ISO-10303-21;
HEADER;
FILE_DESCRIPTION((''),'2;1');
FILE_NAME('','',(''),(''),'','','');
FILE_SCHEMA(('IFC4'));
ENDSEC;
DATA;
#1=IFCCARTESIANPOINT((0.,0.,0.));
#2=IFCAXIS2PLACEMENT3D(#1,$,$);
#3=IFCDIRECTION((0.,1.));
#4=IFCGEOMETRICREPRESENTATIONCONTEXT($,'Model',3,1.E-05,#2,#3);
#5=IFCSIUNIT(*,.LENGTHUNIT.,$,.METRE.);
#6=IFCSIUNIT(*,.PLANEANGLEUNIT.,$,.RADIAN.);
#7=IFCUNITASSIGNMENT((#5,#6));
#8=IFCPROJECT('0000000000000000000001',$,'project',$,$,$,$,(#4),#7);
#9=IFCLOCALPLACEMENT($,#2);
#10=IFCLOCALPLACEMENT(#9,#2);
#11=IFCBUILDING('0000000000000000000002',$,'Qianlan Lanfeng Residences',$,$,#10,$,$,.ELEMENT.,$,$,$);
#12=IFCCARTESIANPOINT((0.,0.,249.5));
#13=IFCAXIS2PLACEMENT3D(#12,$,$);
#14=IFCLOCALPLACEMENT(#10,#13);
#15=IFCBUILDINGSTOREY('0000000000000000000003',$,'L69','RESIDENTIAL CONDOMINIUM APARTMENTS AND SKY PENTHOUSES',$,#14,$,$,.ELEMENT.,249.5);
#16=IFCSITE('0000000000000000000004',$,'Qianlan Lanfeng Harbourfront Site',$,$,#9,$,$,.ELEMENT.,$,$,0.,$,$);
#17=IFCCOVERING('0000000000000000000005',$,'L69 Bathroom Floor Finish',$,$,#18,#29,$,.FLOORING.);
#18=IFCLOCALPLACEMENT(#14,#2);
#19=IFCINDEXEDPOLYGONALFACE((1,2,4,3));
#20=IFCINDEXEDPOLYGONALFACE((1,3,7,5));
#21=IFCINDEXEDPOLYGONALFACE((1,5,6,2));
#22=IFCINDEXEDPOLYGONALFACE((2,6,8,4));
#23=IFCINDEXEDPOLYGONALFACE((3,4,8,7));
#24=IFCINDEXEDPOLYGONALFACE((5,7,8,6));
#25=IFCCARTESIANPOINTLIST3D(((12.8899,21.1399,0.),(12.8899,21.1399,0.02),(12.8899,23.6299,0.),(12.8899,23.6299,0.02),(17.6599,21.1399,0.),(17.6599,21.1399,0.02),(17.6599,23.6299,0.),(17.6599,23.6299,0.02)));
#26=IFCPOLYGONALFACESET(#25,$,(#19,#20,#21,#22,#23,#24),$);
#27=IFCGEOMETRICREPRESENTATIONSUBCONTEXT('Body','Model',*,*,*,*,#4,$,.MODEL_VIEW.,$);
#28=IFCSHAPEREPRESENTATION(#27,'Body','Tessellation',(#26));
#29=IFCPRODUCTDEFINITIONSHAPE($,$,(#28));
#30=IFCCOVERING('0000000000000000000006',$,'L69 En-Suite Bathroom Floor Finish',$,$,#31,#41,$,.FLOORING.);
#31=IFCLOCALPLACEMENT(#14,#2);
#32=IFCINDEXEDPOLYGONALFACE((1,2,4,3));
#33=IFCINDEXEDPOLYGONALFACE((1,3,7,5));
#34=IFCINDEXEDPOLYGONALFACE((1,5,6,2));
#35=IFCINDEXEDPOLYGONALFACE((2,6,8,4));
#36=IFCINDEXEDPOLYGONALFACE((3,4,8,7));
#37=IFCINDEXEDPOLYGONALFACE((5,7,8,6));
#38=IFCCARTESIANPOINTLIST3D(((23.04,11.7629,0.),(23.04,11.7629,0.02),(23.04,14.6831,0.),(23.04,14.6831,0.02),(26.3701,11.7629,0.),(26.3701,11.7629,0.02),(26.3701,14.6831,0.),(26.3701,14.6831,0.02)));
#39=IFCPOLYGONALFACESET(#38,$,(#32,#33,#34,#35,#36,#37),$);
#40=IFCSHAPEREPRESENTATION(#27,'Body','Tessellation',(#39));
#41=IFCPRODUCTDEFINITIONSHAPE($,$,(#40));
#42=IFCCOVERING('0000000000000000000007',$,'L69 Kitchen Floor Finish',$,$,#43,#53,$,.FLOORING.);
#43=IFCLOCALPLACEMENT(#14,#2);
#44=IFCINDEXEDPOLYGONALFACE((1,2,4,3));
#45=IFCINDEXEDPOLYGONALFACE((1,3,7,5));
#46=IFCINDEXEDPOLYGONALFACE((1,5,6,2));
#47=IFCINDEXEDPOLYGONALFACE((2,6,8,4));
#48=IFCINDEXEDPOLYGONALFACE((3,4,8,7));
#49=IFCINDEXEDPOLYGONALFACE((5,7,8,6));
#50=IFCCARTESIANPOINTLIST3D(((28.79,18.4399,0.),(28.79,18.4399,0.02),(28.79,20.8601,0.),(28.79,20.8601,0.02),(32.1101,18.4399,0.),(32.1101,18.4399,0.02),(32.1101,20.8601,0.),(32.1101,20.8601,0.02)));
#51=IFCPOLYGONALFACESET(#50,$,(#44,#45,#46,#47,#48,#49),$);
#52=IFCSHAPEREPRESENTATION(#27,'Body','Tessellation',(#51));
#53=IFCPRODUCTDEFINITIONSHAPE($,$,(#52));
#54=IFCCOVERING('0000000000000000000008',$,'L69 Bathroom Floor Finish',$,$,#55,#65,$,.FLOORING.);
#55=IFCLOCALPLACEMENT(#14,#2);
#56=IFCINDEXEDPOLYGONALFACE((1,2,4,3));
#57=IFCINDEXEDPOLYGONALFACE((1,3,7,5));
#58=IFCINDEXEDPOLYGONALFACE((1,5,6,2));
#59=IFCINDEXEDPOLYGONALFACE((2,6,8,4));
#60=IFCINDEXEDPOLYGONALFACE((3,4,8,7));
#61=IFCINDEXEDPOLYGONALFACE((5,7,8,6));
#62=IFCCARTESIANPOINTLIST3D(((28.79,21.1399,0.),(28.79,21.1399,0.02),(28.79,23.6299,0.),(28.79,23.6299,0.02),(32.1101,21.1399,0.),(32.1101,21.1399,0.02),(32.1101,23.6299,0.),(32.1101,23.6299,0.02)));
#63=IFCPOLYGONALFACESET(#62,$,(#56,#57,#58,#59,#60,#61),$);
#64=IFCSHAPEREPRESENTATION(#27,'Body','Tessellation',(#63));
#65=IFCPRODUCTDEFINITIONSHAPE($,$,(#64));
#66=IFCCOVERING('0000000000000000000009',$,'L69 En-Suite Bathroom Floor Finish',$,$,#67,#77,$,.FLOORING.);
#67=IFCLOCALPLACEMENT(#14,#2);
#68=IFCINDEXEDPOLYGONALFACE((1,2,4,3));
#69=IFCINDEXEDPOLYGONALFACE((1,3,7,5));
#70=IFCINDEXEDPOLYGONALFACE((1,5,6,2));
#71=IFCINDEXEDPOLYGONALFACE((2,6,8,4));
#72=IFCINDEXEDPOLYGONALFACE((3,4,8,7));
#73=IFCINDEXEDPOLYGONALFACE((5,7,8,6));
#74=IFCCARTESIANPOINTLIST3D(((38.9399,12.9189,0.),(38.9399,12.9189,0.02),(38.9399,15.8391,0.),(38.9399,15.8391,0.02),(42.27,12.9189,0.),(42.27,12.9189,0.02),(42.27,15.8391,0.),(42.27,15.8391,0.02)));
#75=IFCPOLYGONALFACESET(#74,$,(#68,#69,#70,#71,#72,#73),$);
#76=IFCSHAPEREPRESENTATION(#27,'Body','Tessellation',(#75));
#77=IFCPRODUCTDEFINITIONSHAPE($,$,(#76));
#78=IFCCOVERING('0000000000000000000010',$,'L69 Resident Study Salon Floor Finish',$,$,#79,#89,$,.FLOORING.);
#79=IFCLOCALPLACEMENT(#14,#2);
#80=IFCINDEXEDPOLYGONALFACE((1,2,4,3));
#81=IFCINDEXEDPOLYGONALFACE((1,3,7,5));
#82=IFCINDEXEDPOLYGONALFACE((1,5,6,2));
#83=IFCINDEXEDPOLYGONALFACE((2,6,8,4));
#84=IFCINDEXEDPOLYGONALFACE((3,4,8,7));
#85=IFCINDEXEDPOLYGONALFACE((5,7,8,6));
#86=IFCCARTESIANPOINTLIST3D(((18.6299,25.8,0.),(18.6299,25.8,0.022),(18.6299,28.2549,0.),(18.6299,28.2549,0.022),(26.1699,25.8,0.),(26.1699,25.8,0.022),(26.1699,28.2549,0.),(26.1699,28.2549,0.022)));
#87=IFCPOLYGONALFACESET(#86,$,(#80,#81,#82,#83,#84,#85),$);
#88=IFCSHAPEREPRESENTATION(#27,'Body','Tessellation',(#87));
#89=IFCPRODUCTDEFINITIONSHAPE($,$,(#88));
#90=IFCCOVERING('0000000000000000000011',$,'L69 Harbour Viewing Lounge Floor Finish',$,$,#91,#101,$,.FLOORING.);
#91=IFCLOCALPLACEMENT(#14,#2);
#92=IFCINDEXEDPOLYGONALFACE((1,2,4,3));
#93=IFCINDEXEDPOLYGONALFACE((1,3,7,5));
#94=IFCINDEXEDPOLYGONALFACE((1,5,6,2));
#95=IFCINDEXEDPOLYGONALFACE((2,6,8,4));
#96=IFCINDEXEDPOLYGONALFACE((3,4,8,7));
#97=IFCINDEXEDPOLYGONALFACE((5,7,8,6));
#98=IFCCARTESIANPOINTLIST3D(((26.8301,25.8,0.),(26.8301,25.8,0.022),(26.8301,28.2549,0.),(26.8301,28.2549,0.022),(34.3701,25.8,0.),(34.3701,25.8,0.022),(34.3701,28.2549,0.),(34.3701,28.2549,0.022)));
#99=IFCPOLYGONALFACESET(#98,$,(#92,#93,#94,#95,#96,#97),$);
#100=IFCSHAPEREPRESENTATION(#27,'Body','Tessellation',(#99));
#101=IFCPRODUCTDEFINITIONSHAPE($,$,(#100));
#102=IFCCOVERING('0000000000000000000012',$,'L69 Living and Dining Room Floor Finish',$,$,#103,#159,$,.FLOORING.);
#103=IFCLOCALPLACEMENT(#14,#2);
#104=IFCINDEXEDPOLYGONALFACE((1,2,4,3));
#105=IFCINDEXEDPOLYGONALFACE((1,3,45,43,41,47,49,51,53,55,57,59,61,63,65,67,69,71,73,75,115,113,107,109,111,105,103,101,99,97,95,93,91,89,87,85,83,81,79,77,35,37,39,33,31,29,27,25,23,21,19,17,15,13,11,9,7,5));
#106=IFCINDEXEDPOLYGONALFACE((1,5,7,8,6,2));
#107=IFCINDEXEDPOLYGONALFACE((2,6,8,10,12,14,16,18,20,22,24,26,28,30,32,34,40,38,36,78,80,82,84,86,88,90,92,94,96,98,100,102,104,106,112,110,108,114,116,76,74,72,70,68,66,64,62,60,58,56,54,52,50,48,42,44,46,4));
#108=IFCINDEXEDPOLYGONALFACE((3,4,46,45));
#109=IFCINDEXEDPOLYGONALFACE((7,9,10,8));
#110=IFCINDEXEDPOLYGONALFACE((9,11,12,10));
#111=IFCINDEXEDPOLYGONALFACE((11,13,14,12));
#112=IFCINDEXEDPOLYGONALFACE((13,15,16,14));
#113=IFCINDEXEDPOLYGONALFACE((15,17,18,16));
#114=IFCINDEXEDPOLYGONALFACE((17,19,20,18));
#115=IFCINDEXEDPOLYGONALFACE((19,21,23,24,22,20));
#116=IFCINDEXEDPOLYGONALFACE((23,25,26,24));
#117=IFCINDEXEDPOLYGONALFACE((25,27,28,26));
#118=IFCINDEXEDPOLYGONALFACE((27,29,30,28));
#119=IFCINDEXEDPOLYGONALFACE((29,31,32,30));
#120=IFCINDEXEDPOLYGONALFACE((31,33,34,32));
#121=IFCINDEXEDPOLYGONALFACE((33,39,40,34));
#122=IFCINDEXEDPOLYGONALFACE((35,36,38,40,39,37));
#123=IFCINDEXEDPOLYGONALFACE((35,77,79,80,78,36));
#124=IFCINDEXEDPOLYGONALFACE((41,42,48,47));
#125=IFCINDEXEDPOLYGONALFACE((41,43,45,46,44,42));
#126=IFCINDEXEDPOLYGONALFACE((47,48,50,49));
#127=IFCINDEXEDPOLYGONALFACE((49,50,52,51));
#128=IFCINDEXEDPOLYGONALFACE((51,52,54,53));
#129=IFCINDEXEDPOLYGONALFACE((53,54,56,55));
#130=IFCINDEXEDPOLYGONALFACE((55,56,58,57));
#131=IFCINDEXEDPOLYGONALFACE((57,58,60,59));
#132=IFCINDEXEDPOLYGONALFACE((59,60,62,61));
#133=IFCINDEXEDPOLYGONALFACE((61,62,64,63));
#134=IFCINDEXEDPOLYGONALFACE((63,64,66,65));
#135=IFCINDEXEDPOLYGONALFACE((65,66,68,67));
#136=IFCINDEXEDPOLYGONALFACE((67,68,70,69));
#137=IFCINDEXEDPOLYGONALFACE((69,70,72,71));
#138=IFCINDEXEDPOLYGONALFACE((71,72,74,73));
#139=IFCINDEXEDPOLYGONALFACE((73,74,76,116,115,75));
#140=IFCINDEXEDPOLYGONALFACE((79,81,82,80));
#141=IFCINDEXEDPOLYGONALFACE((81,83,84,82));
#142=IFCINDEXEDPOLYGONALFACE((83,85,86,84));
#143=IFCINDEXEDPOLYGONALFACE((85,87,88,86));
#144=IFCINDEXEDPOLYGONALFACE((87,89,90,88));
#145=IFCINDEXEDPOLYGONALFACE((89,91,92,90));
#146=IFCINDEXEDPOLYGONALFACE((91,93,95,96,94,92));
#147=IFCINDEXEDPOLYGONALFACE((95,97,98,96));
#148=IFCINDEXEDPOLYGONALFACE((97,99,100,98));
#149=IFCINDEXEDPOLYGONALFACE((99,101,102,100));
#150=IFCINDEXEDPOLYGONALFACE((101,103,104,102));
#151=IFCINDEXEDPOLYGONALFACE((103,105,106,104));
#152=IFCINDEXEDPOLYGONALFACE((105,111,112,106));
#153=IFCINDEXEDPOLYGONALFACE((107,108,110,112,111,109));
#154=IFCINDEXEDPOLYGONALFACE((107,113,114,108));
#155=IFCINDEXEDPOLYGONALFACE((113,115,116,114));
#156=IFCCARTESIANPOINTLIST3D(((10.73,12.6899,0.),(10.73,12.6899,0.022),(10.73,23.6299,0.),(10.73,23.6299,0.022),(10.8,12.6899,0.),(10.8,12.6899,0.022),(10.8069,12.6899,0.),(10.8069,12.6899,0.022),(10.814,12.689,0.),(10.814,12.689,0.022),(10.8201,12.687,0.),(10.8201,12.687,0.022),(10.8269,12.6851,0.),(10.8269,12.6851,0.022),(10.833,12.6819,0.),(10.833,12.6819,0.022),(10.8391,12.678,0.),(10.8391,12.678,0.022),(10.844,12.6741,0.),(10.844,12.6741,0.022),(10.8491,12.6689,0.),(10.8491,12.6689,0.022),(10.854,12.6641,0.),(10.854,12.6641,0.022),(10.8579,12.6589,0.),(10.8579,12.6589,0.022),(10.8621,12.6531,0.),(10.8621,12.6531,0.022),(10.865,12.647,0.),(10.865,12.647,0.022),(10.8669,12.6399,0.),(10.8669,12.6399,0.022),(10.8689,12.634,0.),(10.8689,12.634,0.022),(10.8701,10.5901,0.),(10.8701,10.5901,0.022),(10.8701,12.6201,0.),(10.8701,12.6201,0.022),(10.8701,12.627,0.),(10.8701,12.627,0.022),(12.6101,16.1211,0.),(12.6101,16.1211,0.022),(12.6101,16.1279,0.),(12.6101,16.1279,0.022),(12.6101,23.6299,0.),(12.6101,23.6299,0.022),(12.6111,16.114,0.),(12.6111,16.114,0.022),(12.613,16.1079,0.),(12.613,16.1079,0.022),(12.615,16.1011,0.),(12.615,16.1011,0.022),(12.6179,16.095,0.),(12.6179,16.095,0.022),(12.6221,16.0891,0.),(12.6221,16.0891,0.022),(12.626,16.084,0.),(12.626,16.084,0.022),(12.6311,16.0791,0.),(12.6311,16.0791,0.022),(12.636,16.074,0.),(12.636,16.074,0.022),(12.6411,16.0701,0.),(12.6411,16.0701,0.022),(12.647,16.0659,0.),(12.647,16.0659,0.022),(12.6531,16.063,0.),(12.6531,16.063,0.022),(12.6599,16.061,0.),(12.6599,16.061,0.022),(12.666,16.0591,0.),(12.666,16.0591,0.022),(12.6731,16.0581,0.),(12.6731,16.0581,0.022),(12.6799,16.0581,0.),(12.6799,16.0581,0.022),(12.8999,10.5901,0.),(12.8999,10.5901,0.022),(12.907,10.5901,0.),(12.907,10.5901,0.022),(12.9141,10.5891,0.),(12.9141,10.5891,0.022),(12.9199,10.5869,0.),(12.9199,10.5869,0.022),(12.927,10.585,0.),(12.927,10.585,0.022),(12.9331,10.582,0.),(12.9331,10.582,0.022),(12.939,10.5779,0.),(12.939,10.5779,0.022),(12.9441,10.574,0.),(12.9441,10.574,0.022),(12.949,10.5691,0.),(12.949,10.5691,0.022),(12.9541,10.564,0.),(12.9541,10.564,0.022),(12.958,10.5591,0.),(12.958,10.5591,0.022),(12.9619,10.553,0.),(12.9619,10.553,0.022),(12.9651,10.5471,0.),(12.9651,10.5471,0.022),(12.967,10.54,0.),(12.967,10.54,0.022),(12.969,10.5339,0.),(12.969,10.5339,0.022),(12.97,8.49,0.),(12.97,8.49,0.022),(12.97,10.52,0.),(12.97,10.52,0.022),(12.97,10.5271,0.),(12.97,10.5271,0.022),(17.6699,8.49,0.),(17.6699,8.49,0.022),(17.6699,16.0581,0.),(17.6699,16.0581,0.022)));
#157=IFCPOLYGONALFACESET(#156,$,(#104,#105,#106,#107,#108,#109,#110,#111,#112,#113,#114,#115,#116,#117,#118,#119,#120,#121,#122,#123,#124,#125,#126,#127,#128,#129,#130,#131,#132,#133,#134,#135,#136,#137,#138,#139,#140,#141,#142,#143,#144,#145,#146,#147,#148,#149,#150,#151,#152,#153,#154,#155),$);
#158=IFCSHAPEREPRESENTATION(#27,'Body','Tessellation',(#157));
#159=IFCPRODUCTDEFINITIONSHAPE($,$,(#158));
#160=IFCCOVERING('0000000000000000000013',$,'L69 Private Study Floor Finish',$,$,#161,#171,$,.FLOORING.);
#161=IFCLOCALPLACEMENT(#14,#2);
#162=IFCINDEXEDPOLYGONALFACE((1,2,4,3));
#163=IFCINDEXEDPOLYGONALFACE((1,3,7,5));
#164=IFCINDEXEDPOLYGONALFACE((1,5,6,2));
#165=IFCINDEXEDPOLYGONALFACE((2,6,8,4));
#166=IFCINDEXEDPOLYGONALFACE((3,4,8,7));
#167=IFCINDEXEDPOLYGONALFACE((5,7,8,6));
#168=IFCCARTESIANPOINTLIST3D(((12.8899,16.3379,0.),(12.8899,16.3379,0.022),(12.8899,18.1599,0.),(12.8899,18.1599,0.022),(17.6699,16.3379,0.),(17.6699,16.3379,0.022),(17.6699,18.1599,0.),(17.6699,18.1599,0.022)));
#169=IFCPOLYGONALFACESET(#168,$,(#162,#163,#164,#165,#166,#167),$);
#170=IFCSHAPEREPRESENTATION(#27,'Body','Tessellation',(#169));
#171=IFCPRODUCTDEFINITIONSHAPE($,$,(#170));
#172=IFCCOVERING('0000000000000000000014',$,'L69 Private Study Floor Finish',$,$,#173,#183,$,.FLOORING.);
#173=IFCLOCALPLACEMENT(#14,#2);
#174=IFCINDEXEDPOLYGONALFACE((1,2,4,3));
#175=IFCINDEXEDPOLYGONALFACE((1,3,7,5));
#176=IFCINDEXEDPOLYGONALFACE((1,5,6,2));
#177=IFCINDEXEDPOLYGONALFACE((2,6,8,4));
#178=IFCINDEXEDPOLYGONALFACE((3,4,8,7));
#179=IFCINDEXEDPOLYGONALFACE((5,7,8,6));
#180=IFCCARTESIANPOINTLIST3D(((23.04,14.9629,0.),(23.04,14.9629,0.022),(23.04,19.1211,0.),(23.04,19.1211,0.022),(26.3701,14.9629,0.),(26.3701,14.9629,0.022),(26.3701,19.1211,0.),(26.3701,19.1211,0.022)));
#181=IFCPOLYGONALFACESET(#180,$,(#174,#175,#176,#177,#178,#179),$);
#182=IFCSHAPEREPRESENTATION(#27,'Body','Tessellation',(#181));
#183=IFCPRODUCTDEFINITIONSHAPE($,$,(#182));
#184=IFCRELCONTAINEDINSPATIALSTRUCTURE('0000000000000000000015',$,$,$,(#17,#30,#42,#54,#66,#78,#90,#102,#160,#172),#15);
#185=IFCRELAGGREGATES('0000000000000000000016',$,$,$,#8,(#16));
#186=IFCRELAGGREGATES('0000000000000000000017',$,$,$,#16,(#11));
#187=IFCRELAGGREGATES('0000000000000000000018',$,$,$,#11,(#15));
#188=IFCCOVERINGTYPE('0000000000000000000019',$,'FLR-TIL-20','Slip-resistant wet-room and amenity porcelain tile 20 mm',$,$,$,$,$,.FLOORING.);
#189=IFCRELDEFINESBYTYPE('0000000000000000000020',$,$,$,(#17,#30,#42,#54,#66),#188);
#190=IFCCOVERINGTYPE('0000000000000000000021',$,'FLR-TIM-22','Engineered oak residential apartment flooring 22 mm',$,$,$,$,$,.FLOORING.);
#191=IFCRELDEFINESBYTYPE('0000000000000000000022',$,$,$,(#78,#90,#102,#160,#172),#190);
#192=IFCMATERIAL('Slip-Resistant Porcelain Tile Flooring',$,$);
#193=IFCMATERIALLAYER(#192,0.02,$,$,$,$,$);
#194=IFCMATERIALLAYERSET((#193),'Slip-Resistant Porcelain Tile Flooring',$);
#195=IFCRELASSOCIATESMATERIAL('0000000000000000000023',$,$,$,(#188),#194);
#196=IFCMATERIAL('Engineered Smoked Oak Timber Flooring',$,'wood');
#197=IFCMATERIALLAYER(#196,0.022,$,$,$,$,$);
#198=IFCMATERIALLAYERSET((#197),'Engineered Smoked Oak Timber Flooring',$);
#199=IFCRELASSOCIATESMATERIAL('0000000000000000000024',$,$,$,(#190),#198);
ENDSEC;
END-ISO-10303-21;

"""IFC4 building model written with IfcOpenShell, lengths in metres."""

from ifc_helpers import new_model, si_unit, direction, frame, origin, place, context, subcontext, project, spatial, polyline, outline, extrude, material, layer, layer_set, type_object, element, save


model = new_model("IFC4")

# Units and contexts
model_context = context("Model", 3, precision=1e-05, world=origin(), true_north=direction((0.0, 1.0)))
body_context = subcontext(model_context, "Body", "Model", "MODEL_VIEW")
ifc_project = project(units=[si_unit("LENGTHUNIT", "METRE"), si_unit("PLANEANGLEUNIT", "RADIAN")], contexts=[model_context])

# Site, building, storey
site_placement = place(None, origin())
site = spatial("IfcSite", under=ifc_project, at=site_placement, Name="Qianlan Lanfeng Harbourfront Site", CompositionType="ELEMENT", RefElevation=0.0)
building_placement = place(site_placement, origin())
building = spatial("IfcBuilding", under=site, at=building_placement, Name="Qianlan Lanfeng Residences", CompositionType="ELEMENT")
storey_placement = place(building_placement, frame((0.0, 0.0, 249.5)))
storey = spatial("IfcBuildingStorey", under=building, at=storey_placement, Name="L69", Description="RESIDENTIAL CONDOMINIUM APARTMENTS AND SKY PENTHOUSES", CompositionType="ELEMENT", Elevation=249.5)

# Coverings
ifc_material_1 = material(Name="Slip-Resistant Porcelain Tile Flooring")
ifc_layer_1 = layer(ifc_material_1, 0.02)
ifc_layer_set_1 = layer_set([ifc_layer_1], Name="Slip-Resistant Porcelain Tile Flooring")
covering_type_1 = type_object("IfcCoveringType", Name="FLR-TIL-20", Description="Slip-resistant wet-room and amenity porcelain tile 20 mm", PredefinedType="FLOORING", material=ifc_layer_set_1)
covering_1_placement = place(storey_placement, origin())
element("IfcCovering", 1, at=covering_1_placement, inside=storey, type_object=covering_type_1, Name="L69 Bathroom Floor Finish", PredefinedType="FLOORING", context=body_context, shape_type="SweptSolid", body=[
    extrude(outline(polyline([(12.8899, 21.1399), (17.6599, 21.1399), (17.6599, 23.6299), (12.8899, 23.6299), (12.8899, 21.1399)])), origin(), (0.0, 0.0, 1.0), 0.02),
])
covering_2_placement = place(storey_placement, origin())
element("IfcCovering", 2, at=covering_2_placement, inside=storey, type_object=covering_type_1, Name="L69 En-Suite Bathroom Floor Finish", PredefinedType="FLOORING", context=body_context, shape_type="SweptSolid", body=[
    extrude(outline(polyline([(23.04, 11.7629), (26.3701, 11.7629), (26.3701, 14.6831), (23.04, 14.6831), (23.04, 11.7629)])), origin(), (0.0, 0.0, 1.0), 0.02),
])
covering_3_placement = place(storey_placement, origin())
element("IfcCovering", 3, at=covering_3_placement, inside=storey, type_object=covering_type_1, Name="L69 Kitchen Floor Finish", PredefinedType="FLOORING", context=body_context, shape_type="SweptSolid", body=[
    extrude(outline(polyline([(28.79, 18.4399), (32.1101, 18.4399), (32.1101, 20.8601), (28.79, 20.8601), (28.79, 18.4399)])), origin(), (0.0, 0.0, 1.0), 0.02),
])
covering_4_placement = place(storey_placement, origin())
element("IfcCovering", 4, at=covering_4_placement, inside=storey, type_object=covering_type_1, Name="L69 Bathroom Floor Finish", PredefinedType="FLOORING", context=body_context, shape_type="SweptSolid", body=[
    extrude(outline(polyline([(28.79, 21.1399), (32.1101, 21.1399), (32.1101, 23.6299), (28.79, 23.6299), (28.79, 21.1399)])), origin(), (0.0, 0.0, 1.0), 0.02),
])
covering_5_placement = place(storey_placement, origin())
element("IfcCovering", 5, at=covering_5_placement, inside=storey, type_object=covering_type_1, Name="L69 En-Suite Bathroom Floor Finish", PredefinedType="FLOORING", context=body_context, shape_type="SweptSolid", body=[
    extrude(outline(polyline([(38.9399, 12.9189), (42.27, 12.9189), (42.27, 15.8391), (38.9399, 15.8391), (38.9399, 12.9189)])), origin(), (0.0, 0.0, 1.0), 0.02),
])
ifc_material_2 = material(Name="Engineered Smoked Oak Timber Flooring", Category="wood")
ifc_layer_2 = layer(ifc_material_2, 0.022)
ifc_layer_set_2 = layer_set([ifc_layer_2], Name="Engineered Smoked Oak Timber Flooring")
covering_type_2 = type_object("IfcCoveringType", Name="FLR-TIM-22", Description="Engineered oak residential apartment flooring 22 mm", PredefinedType="FLOORING", material=ifc_layer_set_2)
covering_6_placement = place(storey_placement, origin())
element("IfcCovering", 6, at=covering_6_placement, inside=storey, type_object=covering_type_2, Name="L69 Resident Study Salon Floor Finish", PredefinedType="FLOORING", context=body_context, shape_type="SweptSolid", body=[
    extrude(outline(polyline([(18.6299, 25.8), (26.1699, 25.8), (26.1699, 28.2549), (18.6299, 28.2549), (18.6299, 25.8)])), origin(), (0.0, 0.0, 1.0), 0.022),
])
covering_7_placement = place(storey_placement, origin())
element("IfcCovering", 7, at=covering_7_placement, inside=storey, type_object=covering_type_2, Name="L69 Harbour Viewing Lounge Floor Finish", PredefinedType="FLOORING", context=body_context, shape_type="SweptSolid", body=[
    extrude(outline(polyline([(26.8301, 25.8), (34.3701, 25.8), (34.3701, 28.2549), (26.8301, 28.2549), (26.8301, 25.8)])), origin(), (0.0, 0.0, 1.0), 0.022),
])
covering_8_placement = place(storey_placement, origin())
element("IfcCovering", 8, at=covering_8_placement, inside=storey, type_object=covering_type_2, Name="L69 Living and Dining Room Floor Finish", PredefinedType="FLOORING", context=body_context, shape_type="SweptSolid", body=[
    extrude(outline(polyline([(17.6699, 8.49), (17.6699, 16.0581), (12.6799, 16.0581), (12.6731, 16.0581), (12.666, 16.0591), (12.6599, 16.061), (12.6531, 16.063), (12.647, 16.0659), (12.6411, 16.0701), (12.636, 16.074), (12.6311, 16.0791), (12.626, 16.084), (12.6221, 16.0891), (12.6179, 16.095), (12.615, 16.1011), (12.613, 16.1079), (12.6111, 16.114), (12.6101, 16.1211), (12.6101, 16.1279), (12.6101, 23.6299), (10.73, 23.6299), (10.73, 12.6899), (10.8, 12.6899), (10.8069, 12.6899), (10.814, 12.689), (10.8201, 12.687), (10.8269, 12.6851), (10.833, 12.6819), (10.8391, 12.678), (10.844, 12.6741), (10.8491, 12.6689), (10.854, 12.6641), (10.8579, 12.6589), (10.8621, 12.6531), (10.865, 12.647), (10.8669, 12.6399), (10.8689, 12.634), (10.8701, 12.627), (10.8701, 12.6201), (10.8701, 10.5901), (12.8999, 10.5901), (12.907, 10.5901), (12.9141, 10.5891), (12.9199, 10.5869), (12.927, 10.585), (12.9331, 10.582), (12.939, 10.5779), (12.9441, 10.574), (12.949, 10.5691), (12.9541, 10.564), (12.958, 10.5591), (12.9619, 10.553), (12.9651, 10.5471), (12.967, 10.54), (12.969, 10.5339), (12.97, 10.5271), (12.97, 10.52), (12.97, 8.49), (17.6699, 8.49)])), origin(), (0.0, 0.0, 1.0), 0.022),
])
covering_9_placement = place(storey_placement, origin())
element("IfcCovering", 9, at=covering_9_placement, inside=storey, type_object=covering_type_2, Name="L69 Private Study Floor Finish", PredefinedType="FLOORING", context=body_context, shape_type="SweptSolid", body=[
    extrude(outline(polyline([(12.8899, 18.1599), (12.8899, 16.3379), (17.6699, 16.3379), (17.6699, 18.1599), (12.8899, 18.1599)])), origin(), (0.0, 0.0, 1.0), 0.022),
])
covering_10_placement = place(storey_placement, origin())
element("IfcCovering", 10, at=covering_10_placement, inside=storey, type_object=covering_type_2, Name="L69 Private Study Floor Finish", PredefinedType="FLOORING", context=body_context, shape_type="SweptSolid", body=[
    extrude(outline(polyline([(23.04, 14.9629), (26.3701, 14.9629), (26.3701, 19.1211), (23.04, 19.1211), (23.04, 14.9629)])), origin(), (0.0, 0.0, 1.0), 0.022),
])

save(model, "model.ifc")
